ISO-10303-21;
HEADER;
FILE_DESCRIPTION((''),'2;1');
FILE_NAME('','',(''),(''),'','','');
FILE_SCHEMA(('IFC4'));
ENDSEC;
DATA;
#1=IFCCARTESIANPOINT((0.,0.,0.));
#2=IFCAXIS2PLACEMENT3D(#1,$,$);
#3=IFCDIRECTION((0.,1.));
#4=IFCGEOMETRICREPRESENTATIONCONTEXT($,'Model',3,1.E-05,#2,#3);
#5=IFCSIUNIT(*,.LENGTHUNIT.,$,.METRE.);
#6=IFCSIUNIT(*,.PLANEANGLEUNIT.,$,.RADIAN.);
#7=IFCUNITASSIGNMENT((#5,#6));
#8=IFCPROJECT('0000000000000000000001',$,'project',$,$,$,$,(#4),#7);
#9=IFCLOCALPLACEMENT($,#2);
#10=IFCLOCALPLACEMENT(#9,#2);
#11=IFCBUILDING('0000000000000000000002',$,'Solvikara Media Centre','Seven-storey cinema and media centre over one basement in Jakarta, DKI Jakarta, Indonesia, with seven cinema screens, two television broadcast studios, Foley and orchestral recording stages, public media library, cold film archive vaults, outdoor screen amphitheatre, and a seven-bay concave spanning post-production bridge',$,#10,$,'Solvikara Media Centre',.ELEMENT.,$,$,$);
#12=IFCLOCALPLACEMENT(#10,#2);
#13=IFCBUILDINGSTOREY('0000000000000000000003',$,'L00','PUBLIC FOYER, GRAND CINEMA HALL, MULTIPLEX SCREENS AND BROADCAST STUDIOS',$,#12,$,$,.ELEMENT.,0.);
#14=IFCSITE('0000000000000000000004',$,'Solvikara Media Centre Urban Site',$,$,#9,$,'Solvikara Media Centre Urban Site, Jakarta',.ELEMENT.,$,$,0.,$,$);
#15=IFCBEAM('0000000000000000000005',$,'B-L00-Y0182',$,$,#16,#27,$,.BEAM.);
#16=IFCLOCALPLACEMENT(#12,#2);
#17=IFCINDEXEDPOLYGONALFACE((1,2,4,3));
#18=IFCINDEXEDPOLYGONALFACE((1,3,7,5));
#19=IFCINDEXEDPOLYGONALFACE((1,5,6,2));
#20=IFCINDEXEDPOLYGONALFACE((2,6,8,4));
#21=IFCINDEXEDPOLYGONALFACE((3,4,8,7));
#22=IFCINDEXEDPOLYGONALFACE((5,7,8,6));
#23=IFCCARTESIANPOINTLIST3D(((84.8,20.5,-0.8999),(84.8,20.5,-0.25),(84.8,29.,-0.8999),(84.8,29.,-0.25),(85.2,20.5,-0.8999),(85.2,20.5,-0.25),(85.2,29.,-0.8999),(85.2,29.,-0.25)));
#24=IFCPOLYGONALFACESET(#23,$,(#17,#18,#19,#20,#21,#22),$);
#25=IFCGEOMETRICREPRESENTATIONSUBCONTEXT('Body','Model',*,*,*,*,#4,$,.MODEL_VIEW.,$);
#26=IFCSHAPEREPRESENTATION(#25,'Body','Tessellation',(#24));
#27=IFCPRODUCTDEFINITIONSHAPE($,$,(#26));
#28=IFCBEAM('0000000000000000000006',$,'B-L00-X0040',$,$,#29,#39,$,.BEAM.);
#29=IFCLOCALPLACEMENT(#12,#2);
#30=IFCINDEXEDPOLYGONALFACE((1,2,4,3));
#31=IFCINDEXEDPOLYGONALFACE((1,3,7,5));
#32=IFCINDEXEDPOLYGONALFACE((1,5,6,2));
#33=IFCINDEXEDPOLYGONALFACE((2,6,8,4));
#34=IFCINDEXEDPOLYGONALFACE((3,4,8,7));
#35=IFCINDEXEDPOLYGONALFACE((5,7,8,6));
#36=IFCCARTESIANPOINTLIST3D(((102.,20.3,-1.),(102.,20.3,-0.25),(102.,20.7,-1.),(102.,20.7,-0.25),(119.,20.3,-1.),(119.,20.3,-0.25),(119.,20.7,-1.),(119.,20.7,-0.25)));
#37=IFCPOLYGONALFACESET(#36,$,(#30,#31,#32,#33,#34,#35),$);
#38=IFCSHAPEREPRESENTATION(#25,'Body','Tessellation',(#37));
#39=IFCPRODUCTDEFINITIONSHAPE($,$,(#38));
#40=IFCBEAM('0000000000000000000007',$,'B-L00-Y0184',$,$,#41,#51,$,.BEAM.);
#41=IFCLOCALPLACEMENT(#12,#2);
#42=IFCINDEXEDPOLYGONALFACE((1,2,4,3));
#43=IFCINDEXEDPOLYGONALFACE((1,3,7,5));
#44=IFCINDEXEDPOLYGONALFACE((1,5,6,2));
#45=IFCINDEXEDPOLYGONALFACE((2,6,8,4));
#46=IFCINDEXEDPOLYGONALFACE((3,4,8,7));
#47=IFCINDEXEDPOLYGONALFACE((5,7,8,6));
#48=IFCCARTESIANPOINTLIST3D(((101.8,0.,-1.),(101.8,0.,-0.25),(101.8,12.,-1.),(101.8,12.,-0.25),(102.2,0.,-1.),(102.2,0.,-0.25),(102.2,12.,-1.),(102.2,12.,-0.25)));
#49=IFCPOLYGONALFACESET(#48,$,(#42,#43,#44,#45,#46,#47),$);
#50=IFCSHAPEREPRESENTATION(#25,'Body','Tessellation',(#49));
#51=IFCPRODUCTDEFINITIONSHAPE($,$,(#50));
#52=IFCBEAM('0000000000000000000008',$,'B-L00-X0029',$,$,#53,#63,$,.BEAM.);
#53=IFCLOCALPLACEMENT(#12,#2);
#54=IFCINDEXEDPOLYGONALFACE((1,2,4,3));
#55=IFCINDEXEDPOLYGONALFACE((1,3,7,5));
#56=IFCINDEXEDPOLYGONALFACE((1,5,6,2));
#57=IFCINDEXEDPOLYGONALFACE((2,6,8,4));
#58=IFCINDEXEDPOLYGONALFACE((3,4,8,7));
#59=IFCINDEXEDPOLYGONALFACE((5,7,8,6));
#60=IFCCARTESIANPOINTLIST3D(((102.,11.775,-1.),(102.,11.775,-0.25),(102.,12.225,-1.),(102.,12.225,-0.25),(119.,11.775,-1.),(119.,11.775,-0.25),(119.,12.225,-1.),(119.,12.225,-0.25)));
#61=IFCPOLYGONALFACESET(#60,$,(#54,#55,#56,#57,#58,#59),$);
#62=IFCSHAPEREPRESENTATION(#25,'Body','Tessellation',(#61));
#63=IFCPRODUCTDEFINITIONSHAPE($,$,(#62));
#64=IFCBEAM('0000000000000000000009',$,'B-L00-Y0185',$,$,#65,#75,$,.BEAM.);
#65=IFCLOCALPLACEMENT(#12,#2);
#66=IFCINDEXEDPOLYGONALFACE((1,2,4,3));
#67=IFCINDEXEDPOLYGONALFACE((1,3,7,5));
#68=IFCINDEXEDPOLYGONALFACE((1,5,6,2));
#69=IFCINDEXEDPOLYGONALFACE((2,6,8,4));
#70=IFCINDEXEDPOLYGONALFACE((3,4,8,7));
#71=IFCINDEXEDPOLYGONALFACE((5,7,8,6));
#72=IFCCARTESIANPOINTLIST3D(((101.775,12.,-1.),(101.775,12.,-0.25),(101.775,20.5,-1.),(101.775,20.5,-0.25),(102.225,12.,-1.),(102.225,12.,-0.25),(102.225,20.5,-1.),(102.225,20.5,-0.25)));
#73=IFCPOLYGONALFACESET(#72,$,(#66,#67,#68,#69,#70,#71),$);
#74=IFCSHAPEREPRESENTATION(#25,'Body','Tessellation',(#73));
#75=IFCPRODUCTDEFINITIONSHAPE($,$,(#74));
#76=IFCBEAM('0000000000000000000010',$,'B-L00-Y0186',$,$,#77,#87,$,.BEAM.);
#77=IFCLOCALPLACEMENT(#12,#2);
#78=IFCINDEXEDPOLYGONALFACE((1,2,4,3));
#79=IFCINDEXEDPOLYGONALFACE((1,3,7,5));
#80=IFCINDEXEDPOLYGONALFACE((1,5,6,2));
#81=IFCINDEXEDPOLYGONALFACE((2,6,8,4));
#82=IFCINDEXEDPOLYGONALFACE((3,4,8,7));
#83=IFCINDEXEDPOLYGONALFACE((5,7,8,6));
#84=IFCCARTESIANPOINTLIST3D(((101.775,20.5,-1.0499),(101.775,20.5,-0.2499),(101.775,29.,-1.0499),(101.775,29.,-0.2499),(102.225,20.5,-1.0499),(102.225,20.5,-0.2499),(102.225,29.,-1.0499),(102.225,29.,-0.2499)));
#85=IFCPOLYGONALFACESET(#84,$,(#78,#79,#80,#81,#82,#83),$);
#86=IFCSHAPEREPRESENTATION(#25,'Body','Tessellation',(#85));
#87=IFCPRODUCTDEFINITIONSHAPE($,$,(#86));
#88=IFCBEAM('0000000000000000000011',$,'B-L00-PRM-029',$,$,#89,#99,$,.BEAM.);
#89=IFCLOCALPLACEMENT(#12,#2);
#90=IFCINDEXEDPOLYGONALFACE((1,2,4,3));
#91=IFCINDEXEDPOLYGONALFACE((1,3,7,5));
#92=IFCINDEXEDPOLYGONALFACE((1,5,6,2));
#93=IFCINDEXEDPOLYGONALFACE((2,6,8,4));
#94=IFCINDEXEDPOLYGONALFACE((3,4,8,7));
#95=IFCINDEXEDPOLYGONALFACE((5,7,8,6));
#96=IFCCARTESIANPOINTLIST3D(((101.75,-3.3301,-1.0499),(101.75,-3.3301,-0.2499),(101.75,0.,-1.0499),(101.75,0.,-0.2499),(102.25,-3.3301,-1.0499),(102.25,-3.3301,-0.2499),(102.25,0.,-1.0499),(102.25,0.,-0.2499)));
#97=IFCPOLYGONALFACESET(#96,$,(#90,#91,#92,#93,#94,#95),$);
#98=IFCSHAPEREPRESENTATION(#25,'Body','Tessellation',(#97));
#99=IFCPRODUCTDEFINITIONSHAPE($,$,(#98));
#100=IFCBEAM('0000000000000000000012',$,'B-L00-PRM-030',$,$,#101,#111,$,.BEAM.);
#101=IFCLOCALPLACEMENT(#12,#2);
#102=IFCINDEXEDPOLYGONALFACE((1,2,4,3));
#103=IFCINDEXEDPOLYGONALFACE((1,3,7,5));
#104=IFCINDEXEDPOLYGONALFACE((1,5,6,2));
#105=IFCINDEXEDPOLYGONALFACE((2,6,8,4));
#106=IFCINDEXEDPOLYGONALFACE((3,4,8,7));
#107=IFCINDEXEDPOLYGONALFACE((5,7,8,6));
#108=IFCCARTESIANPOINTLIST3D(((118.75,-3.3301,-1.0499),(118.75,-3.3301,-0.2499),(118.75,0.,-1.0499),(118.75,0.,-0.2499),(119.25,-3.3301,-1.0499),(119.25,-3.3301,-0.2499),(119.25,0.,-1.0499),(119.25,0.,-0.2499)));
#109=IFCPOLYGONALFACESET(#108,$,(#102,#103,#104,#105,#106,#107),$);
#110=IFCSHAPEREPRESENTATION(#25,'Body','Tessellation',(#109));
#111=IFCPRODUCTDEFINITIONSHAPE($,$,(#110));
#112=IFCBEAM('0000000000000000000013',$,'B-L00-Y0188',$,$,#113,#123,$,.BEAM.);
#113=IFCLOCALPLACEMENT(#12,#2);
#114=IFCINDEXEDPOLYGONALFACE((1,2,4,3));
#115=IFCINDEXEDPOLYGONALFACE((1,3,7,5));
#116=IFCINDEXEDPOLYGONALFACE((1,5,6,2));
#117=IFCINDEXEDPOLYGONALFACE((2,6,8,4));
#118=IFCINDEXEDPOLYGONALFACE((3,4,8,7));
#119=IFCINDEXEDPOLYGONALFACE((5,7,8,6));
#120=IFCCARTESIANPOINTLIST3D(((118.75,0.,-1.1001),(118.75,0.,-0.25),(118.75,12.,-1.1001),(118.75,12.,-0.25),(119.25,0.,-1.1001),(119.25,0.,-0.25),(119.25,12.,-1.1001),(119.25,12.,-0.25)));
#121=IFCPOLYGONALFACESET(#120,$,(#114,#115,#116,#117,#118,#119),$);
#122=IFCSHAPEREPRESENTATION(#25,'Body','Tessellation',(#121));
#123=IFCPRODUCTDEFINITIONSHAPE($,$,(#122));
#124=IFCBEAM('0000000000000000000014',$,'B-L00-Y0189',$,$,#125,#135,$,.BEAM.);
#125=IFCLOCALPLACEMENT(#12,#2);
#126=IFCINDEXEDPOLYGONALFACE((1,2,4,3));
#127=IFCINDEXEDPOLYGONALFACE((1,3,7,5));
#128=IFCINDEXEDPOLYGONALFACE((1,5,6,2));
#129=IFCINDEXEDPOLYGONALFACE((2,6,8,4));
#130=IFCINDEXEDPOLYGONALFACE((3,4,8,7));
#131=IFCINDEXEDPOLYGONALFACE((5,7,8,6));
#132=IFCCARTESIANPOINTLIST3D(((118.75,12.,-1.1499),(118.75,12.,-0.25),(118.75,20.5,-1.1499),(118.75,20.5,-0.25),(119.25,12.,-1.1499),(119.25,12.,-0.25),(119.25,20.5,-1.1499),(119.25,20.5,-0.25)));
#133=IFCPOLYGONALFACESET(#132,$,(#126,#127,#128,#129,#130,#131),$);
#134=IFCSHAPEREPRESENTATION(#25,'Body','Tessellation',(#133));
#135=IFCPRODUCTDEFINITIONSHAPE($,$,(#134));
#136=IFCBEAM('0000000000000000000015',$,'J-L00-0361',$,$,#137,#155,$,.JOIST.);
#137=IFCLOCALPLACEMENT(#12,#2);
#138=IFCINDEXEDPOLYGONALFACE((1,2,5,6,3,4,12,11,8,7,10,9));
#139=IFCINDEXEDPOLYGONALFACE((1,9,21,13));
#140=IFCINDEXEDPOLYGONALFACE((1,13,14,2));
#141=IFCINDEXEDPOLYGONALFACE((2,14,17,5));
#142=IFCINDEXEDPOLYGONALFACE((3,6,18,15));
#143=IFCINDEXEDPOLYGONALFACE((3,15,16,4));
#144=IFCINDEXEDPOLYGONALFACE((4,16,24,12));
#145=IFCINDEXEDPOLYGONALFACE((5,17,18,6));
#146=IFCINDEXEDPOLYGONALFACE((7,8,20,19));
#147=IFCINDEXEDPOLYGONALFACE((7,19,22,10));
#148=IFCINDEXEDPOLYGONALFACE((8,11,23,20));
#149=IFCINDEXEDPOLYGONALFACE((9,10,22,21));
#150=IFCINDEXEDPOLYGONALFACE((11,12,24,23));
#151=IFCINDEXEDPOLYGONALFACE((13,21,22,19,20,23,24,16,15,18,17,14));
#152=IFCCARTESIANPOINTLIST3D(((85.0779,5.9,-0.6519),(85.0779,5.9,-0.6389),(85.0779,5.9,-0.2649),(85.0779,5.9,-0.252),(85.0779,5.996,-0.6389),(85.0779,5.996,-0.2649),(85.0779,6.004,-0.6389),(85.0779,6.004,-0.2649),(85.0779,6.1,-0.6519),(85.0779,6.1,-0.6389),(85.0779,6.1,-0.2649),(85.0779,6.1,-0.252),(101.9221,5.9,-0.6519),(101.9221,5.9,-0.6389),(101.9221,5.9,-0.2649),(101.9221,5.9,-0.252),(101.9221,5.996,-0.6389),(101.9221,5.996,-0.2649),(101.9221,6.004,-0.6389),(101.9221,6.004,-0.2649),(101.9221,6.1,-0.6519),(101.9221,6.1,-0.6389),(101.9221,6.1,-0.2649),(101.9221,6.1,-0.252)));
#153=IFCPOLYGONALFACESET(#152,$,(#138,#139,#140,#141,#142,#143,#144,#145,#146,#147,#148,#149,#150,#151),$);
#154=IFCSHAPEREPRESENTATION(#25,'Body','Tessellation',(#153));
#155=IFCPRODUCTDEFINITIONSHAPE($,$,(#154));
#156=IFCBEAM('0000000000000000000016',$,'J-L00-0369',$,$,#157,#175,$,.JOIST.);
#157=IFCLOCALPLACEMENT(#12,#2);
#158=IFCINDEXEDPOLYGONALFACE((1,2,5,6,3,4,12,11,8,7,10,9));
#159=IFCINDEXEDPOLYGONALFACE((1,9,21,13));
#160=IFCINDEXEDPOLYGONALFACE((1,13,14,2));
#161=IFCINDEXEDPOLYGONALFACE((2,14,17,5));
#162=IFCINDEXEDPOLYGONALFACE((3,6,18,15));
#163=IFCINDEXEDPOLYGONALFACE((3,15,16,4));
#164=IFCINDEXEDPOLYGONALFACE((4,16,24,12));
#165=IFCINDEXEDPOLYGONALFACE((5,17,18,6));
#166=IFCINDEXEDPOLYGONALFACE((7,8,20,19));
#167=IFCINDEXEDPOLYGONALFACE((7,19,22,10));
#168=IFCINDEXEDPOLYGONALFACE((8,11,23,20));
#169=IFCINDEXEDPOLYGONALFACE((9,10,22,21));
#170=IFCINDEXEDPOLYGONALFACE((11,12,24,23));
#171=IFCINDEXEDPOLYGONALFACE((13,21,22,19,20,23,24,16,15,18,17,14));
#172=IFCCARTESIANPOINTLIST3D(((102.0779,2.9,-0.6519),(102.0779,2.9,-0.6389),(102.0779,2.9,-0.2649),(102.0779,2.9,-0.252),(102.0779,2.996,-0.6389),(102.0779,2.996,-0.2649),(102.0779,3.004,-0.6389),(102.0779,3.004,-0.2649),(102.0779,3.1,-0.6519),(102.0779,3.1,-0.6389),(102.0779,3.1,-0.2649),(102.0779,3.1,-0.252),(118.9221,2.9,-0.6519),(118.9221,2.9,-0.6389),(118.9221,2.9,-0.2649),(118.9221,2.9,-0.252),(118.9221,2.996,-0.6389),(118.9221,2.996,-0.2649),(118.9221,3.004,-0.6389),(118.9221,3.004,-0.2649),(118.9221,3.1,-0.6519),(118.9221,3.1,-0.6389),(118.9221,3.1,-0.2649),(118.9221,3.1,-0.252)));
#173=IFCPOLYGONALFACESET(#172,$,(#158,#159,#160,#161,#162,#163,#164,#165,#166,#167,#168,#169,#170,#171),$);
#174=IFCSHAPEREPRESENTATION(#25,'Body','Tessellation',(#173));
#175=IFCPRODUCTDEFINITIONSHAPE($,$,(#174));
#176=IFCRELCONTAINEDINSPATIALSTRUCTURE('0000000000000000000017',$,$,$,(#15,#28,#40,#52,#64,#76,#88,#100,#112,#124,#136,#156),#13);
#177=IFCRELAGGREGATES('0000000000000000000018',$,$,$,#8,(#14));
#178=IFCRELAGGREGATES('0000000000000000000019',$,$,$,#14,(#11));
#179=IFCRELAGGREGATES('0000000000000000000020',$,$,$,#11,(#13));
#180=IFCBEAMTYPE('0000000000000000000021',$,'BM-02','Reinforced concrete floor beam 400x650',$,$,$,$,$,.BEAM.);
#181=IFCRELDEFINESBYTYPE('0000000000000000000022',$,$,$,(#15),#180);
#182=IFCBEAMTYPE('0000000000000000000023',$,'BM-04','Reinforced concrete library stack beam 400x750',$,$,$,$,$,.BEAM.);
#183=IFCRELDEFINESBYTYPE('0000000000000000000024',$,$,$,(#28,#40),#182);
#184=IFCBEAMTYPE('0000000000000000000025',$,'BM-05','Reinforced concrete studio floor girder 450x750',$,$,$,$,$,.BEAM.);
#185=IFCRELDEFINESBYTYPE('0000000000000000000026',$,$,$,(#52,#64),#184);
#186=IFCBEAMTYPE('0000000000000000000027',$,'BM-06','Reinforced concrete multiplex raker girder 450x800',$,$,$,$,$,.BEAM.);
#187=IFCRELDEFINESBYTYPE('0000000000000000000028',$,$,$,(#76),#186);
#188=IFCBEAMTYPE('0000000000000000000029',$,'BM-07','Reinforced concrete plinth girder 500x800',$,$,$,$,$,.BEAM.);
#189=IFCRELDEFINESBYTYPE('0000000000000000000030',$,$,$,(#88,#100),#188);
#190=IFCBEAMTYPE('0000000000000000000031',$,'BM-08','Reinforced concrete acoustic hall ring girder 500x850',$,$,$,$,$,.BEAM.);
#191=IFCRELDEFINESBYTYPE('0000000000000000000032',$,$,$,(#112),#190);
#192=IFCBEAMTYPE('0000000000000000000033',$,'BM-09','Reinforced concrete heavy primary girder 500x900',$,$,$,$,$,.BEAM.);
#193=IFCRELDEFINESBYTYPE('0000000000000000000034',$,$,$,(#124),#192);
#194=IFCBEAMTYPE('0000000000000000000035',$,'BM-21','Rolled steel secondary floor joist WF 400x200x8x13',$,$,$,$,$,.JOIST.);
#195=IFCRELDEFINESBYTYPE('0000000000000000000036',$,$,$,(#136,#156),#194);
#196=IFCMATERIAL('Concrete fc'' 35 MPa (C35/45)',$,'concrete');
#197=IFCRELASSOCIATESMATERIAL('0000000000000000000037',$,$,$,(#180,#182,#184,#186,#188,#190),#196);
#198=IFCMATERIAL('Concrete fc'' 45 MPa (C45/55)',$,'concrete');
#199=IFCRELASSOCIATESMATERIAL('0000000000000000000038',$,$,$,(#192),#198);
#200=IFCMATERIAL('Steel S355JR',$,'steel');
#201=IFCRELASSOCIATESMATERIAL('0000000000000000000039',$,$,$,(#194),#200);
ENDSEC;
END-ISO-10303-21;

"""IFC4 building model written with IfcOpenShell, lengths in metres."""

from ifc_helpers import new_model, si_unit, direction, frame, origin, origin_2d, place, context, subcontext, project, spatial, rectangle, i_section, extrude, material, material_profile, profile_set, type_object, element, save


model = new_model("IFC4")

# Units and contexts
model_context = context("Model", 3, precision=1e-05, world=origin(), true_north=direction((0.0, 1.0)))
body_context = subcontext(model_context, "Body", "Model", "MODEL_VIEW")
ifc_project = project(units=[si_unit("LENGTHUNIT", "METRE"), si_unit("PLANEANGLEUNIT", "RADIAN")], contexts=[model_context])

# Site, building, storey
site_placement = place(None, origin())
site = spatial("IfcSite", under=ifc_project, at=site_placement, Name="Solvikara Media Centre Urban Site", LongName="Solvikara Media Centre Urban Site, Jakarta", CompositionType="ELEMENT", RefElevation=0.0)
building_placement = place(site_placement, origin())
building = spatial("IfcBuilding", under=site, at=building_placement, Name="Solvikara Media Centre", Description="Seven-storey cinema and media centre over one basement in Jakarta, DKI Jakarta, Indonesia, with seven cinema screens, two television broadcast studios, Foley and orchestral recording stages, public media library, cold film archive vaults, outdoor screen amphitheatre, and a seven-bay concave spanning post-production bridge", LongName="Solvikara Media Centre", CompositionType="ELEMENT")
storey_placement = place(building_placement, origin())
storey = spatial("IfcBuildingStorey", under=building, at=storey_placement, Name="L00", Description="PUBLIC FOYER, GRAND CINEMA HALL, MULTIPLEX SCREENS AND BROADCAST STUDIOS", CompositionType="ELEMENT", Elevation=0.0)

# Beams
ifc_material_1 = material(Name="Concrete fc' 35 MPa (C35/45)", Category="concrete")
ifc_material_profile_1 = material_profile(ifc_material_1, rectangle(XDim=0.3999, YDim=0.6499, at=origin_2d()), Name="RC 400x650")
ifc_profile_set_1 = profile_set([ifc_material_profile_1], Name="Concrete fc' 35 MPa (C35/45)")
beam_type_1 = type_object("IfcBeamType", Name="BM-02", Description="Reinforced concrete floor beam 400x650", PredefinedType="BEAM", material=ifc_profile_set_1)
beam_1_placement = place(storey_placement, frame((85.0, 20.5, -0.575), z_axis=(0.0, 1.0, 0.0), x_axis=(-1.0, 0.0, 0.0)))
element("IfcBeam", 1, at=beam_1_placement, inside=storey, type_object=beam_type_1, Name="B-L00-Y0182", PredefinedType="BEAM", context=body_context, shape_type="SweptSolid", body=[
    extrude(rectangle(XDim=0.3999, YDim=0.6499, at=origin_2d()), origin(), (0.0, 0.0, 1.0), 8.5),
])
ifc_material_profile_2 = material_profile(ifc_material_1, rectangle(XDim=0.3999, YDim=0.75, at=origin_2d()), Name="RC 400x750")
ifc_profile_set_2 = profile_set([ifc_material_profile_2], Name="Concrete fc' 35 MPa (C35/45)")
beam_type_2 = type_object("IfcBeamType", Name="BM-04", Description="Reinforced concrete library stack beam 400x750", PredefinedType="BEAM", material=ifc_profile_set_2)
beam_2_placement = place(storey_placement, frame((102.0, 20.5, -0.625), z_axis=(1.0, 0.0, 0.0), x_axis=(0.0, 1.0, 0.0)))
element("IfcBeam", 2, at=beam_2_placement, inside=storey, type_object=beam_type_2, Name="B-L00-X0040", PredefinedType="BEAM", context=body_context, shape_type="SweptSolid", body=[
    extrude(rectangle(XDim=0.3999, YDim=0.75, at=origin_2d()), origin(), (0.0, 0.0, 1.0), 17.0),
])
beam_3_placement = place(storey_placement, frame((102.0, 0.0, -0.625), z_axis=(0.0, 1.0, 0.0), x_axis=(-1.0, 0.0, 0.0)))
element("IfcBeam", 3, at=beam_3_placement, inside=storey, type_object=beam_type_2, Name="B-L00-Y0184", PredefinedType="BEAM", context=body_context, shape_type="SweptSolid", body=[
    extrude(rectangle(XDim=0.3999, YDim=0.75, at=origin_2d()), origin(), (0.0, 0.0, 1.0), 12.0),
])
ifc_material_profile_3 = material_profile(ifc_material_1, rectangle(XDim=0.45, YDim=0.75, at=origin_2d()), Name="RC 450x750")
ifc_profile_set_3 = profile_set([ifc_material_profile_3], Name="Concrete fc' 35 MPa (C35/45)")
beam_type_3 = type_object("IfcBeamType", Name="BM-05", Description="Reinforced concrete studio floor girder 450x750", PredefinedType="BEAM", material=ifc_profile_set_3)
beam_4_placement = place(storey_placement, frame((102.0, 12.0, -0.625), z_axis=(1.0, 0.0, 0.0), x_axis=(0.0, 1.0, 0.0)))
element("IfcBeam", 4, at=beam_4_placement, inside=storey, type_object=beam_type_3, Name="B-L00-X0029", PredefinedType="BEAM", context=body_context, shape_type="SweptSolid", body=[
    extrude(rectangle(XDim=0.45, YDim=0.75, at=origin_2d()), origin(), (0.0, 0.0, 1.0), 17.0),
])
beam_5_placement = place(storey_placement, frame((102.0, 12.0, -0.625), z_axis=(0.0, 1.0, 0.0), x_axis=(-1.0, 0.0, 0.0)))
element("IfcBeam", 5, at=beam_5_placement, inside=storey, type_object=beam_type_3, Name="B-L00-Y0185", PredefinedType="BEAM", context=body_context, shape_type="SweptSolid", body=[
    extrude(rectangle(XDim=0.45, YDim=0.75, at=origin_2d()), origin(), (0.0, 0.0, 1.0), 8.5),
])
ifc_material_profile_4 = material_profile(ifc_material_1, rectangle(XDim=0.45, YDim=0.8, at=origin_2d()), Name="RC 450x800")
ifc_profile_set_4 = profile_set([ifc_material_profile_4], Name="Concrete fc' 35 MPa (C35/45)")
beam_type_4 = type_object("IfcBeamType", Name="BM-06", Description="Reinforced concrete multiplex raker girder 450x800", PredefinedType="BEAM", material=ifc_profile_set_4)
beam_6_placement = place(storey_placement, frame((102.0, 20.5, -0.6499), z_axis=(0.0, 1.0, 0.0), x_axis=(-1.0, 0.0, 0.0)))
element("IfcBeam", 6, at=beam_6_placement, inside=storey, type_object=beam_type_4, Name="B-L00-Y0186", PredefinedType="BEAM", context=body_context, shape_type="SweptSolid", body=[
    extrude(rectangle(XDim=0.45, YDim=0.8, at=origin_2d()), origin(), (0.0, 0.0, 1.0), 8.5),
])
ifc_material_profile_5 = material_profile(ifc_material_1, rectangle(XDim=0.5, YDim=0.8, at=origin_2d()), Name="RC 500x800")
ifc_profile_set_5 = profile_set([ifc_material_profile_5], Name="Concrete fc' 35 MPa (C35/45)")
beam_type_5 = type_object("IfcBeamType", Name="BM-07", Description="Reinforced concrete plinth girder 500x800", PredefinedType="BEAM", material=ifc_profile_set_5)
for number, where, z_axis, x_axis, name in (
    (7, (102.0, -3.3301, -0.6499), (0.0, 1.0, 0.0), (-1.0, 0.0, 0.0), "B-L00-PRM-029"),
    (8, (119.0, -3.3301, -0.6499), (0.0, 1.0, 0.0), (-1.0, 0.0, 0.0), "B-L00-PRM-030"),
):
    element("IfcBeam", number, at=place(storey_placement, frame(where, z_axis=z_axis, x_axis=x_axis)), inside=storey, type_object=beam_type_5, Name=name, PredefinedType="BEAM", context=body_context, shape_type="SweptSolid", body=[
        extrude(rectangle(XDim=0.5, YDim=0.8, at=origin_2d()), origin(), (0.0, 0.0, 1.0), 3.3301),
    ])
ifc_material_profile_6 = material_profile(ifc_material_1, rectangle(XDim=0.5, YDim=0.8501, at=origin_2d()), Name="RC 500x850")
ifc_profile_set_6 = profile_set([ifc_material_profile_6], Name="Concrete fc' 35 MPa (C35/45)")
beam_type_6 = type_object("IfcBeamType", Name="BM-08", Description="Reinforced concrete acoustic hall ring girder 500x850", PredefinedType="BEAM", material=ifc_profile_set_6)
beam_7_placement = place(storey_placement, frame((119.0, 0.0, -0.675), z_axis=(0.0, 1.0, 0.0), x_axis=(-1.0, 0.0, 0.0)))
element("IfcBeam", 9, at=beam_7_placement, inside=storey, type_object=beam_type_6, Name="B-L00-Y0188", PredefinedType="BEAM", context=body_context, shape_type="SweptSolid", body=[
    extrude(rectangle(XDim=0.5, YDim=0.8501, at=origin_2d()), origin(), (0.0, 0.0, 1.0), 12.0),
])
ifc_material_2 = material(Name="Concrete fc' 45 MPa (C45/55)", Category="concrete")
ifc_material_profile_7 = material_profile(ifc_material_2, rectangle(XDim=0.5, YDim=0.8999, at=origin_2d()), Name="RC 500x900")
ifc_profile_set_7 = profile_set([ifc_material_profile_7], Name="Concrete fc' 45 MPa (C45/55)")
beam_type_7 = type_object("IfcBeamType", Name="BM-09", Description="Reinforced concrete heavy primary girder 500x900", PredefinedType="BEAM", material=ifc_profile_set_7)
beam_8_placement = place(storey_placement, frame((119.0, 12.0, -0.7), z_axis=(0.0, 1.0, 0.0), x_axis=(-1.0, 0.0, 0.0)))
element("IfcBeam", 10, at=beam_8_placement, inside=storey, type_object=beam_type_7, Name="B-L00-Y0189", PredefinedType="BEAM", context=body_context, shape_type="SweptSolid", body=[
    extrude(rectangle(XDim=0.5, YDim=0.8999, at=origin_2d()), origin(), (0.0, 0.0, 1.0), 8.5),
])
ifc_material_3 = material(Name="Steel S355JR", Category="steel")
ifc_material_profile_8 = material_profile(ifc_material_3, i_section(OverallWidth=0.2, OverallDepth=0.3999, WebThickness=0.0081, FlangeThickness=0.0129, at=origin_2d()), Name="WF 400x200x8x13")
ifc_profile_set_8 = profile_set([ifc_material_profile_8], Name="Steel S355JR")
beam_type_8 = type_object("IfcBeamType", Name="BM-21", Description="Rolled steel secondary floor joist WF 400x200x8x13", PredefinedType="JOIST", material=ifc_profile_set_8)
for number, where, z_axis, x_axis, name in (
    (11, (85.0779, 6.0, -0.4519), (1.0, 0.0, 0.0), (0.0, 1.0, 0.0), "J-L00-0361"),
    (12, (102.0779, 3.0, -0.4519), (1.0, 0.0, 0.0), (0.0, 1.0, 0.0), "J-L00-0369"),
):
    element("IfcBeam", number, at=place(storey_placement, frame(where, z_axis=z_axis, x_axis=x_axis)), inside=storey, type_object=beam_type_8, Name=name, PredefinedType="JOIST", context=body_context, shape_type="SweptSolid", body=[
        extrude(i_section(OverallWidth=0.2, OverallDepth=0.3999, WebThickness=0.0081, FlangeThickness=0.0129, at=origin_2d()), origin(), (0.0, 0.0, 1.0), 16.8442),
    ])

save(model, "model.ifc")
